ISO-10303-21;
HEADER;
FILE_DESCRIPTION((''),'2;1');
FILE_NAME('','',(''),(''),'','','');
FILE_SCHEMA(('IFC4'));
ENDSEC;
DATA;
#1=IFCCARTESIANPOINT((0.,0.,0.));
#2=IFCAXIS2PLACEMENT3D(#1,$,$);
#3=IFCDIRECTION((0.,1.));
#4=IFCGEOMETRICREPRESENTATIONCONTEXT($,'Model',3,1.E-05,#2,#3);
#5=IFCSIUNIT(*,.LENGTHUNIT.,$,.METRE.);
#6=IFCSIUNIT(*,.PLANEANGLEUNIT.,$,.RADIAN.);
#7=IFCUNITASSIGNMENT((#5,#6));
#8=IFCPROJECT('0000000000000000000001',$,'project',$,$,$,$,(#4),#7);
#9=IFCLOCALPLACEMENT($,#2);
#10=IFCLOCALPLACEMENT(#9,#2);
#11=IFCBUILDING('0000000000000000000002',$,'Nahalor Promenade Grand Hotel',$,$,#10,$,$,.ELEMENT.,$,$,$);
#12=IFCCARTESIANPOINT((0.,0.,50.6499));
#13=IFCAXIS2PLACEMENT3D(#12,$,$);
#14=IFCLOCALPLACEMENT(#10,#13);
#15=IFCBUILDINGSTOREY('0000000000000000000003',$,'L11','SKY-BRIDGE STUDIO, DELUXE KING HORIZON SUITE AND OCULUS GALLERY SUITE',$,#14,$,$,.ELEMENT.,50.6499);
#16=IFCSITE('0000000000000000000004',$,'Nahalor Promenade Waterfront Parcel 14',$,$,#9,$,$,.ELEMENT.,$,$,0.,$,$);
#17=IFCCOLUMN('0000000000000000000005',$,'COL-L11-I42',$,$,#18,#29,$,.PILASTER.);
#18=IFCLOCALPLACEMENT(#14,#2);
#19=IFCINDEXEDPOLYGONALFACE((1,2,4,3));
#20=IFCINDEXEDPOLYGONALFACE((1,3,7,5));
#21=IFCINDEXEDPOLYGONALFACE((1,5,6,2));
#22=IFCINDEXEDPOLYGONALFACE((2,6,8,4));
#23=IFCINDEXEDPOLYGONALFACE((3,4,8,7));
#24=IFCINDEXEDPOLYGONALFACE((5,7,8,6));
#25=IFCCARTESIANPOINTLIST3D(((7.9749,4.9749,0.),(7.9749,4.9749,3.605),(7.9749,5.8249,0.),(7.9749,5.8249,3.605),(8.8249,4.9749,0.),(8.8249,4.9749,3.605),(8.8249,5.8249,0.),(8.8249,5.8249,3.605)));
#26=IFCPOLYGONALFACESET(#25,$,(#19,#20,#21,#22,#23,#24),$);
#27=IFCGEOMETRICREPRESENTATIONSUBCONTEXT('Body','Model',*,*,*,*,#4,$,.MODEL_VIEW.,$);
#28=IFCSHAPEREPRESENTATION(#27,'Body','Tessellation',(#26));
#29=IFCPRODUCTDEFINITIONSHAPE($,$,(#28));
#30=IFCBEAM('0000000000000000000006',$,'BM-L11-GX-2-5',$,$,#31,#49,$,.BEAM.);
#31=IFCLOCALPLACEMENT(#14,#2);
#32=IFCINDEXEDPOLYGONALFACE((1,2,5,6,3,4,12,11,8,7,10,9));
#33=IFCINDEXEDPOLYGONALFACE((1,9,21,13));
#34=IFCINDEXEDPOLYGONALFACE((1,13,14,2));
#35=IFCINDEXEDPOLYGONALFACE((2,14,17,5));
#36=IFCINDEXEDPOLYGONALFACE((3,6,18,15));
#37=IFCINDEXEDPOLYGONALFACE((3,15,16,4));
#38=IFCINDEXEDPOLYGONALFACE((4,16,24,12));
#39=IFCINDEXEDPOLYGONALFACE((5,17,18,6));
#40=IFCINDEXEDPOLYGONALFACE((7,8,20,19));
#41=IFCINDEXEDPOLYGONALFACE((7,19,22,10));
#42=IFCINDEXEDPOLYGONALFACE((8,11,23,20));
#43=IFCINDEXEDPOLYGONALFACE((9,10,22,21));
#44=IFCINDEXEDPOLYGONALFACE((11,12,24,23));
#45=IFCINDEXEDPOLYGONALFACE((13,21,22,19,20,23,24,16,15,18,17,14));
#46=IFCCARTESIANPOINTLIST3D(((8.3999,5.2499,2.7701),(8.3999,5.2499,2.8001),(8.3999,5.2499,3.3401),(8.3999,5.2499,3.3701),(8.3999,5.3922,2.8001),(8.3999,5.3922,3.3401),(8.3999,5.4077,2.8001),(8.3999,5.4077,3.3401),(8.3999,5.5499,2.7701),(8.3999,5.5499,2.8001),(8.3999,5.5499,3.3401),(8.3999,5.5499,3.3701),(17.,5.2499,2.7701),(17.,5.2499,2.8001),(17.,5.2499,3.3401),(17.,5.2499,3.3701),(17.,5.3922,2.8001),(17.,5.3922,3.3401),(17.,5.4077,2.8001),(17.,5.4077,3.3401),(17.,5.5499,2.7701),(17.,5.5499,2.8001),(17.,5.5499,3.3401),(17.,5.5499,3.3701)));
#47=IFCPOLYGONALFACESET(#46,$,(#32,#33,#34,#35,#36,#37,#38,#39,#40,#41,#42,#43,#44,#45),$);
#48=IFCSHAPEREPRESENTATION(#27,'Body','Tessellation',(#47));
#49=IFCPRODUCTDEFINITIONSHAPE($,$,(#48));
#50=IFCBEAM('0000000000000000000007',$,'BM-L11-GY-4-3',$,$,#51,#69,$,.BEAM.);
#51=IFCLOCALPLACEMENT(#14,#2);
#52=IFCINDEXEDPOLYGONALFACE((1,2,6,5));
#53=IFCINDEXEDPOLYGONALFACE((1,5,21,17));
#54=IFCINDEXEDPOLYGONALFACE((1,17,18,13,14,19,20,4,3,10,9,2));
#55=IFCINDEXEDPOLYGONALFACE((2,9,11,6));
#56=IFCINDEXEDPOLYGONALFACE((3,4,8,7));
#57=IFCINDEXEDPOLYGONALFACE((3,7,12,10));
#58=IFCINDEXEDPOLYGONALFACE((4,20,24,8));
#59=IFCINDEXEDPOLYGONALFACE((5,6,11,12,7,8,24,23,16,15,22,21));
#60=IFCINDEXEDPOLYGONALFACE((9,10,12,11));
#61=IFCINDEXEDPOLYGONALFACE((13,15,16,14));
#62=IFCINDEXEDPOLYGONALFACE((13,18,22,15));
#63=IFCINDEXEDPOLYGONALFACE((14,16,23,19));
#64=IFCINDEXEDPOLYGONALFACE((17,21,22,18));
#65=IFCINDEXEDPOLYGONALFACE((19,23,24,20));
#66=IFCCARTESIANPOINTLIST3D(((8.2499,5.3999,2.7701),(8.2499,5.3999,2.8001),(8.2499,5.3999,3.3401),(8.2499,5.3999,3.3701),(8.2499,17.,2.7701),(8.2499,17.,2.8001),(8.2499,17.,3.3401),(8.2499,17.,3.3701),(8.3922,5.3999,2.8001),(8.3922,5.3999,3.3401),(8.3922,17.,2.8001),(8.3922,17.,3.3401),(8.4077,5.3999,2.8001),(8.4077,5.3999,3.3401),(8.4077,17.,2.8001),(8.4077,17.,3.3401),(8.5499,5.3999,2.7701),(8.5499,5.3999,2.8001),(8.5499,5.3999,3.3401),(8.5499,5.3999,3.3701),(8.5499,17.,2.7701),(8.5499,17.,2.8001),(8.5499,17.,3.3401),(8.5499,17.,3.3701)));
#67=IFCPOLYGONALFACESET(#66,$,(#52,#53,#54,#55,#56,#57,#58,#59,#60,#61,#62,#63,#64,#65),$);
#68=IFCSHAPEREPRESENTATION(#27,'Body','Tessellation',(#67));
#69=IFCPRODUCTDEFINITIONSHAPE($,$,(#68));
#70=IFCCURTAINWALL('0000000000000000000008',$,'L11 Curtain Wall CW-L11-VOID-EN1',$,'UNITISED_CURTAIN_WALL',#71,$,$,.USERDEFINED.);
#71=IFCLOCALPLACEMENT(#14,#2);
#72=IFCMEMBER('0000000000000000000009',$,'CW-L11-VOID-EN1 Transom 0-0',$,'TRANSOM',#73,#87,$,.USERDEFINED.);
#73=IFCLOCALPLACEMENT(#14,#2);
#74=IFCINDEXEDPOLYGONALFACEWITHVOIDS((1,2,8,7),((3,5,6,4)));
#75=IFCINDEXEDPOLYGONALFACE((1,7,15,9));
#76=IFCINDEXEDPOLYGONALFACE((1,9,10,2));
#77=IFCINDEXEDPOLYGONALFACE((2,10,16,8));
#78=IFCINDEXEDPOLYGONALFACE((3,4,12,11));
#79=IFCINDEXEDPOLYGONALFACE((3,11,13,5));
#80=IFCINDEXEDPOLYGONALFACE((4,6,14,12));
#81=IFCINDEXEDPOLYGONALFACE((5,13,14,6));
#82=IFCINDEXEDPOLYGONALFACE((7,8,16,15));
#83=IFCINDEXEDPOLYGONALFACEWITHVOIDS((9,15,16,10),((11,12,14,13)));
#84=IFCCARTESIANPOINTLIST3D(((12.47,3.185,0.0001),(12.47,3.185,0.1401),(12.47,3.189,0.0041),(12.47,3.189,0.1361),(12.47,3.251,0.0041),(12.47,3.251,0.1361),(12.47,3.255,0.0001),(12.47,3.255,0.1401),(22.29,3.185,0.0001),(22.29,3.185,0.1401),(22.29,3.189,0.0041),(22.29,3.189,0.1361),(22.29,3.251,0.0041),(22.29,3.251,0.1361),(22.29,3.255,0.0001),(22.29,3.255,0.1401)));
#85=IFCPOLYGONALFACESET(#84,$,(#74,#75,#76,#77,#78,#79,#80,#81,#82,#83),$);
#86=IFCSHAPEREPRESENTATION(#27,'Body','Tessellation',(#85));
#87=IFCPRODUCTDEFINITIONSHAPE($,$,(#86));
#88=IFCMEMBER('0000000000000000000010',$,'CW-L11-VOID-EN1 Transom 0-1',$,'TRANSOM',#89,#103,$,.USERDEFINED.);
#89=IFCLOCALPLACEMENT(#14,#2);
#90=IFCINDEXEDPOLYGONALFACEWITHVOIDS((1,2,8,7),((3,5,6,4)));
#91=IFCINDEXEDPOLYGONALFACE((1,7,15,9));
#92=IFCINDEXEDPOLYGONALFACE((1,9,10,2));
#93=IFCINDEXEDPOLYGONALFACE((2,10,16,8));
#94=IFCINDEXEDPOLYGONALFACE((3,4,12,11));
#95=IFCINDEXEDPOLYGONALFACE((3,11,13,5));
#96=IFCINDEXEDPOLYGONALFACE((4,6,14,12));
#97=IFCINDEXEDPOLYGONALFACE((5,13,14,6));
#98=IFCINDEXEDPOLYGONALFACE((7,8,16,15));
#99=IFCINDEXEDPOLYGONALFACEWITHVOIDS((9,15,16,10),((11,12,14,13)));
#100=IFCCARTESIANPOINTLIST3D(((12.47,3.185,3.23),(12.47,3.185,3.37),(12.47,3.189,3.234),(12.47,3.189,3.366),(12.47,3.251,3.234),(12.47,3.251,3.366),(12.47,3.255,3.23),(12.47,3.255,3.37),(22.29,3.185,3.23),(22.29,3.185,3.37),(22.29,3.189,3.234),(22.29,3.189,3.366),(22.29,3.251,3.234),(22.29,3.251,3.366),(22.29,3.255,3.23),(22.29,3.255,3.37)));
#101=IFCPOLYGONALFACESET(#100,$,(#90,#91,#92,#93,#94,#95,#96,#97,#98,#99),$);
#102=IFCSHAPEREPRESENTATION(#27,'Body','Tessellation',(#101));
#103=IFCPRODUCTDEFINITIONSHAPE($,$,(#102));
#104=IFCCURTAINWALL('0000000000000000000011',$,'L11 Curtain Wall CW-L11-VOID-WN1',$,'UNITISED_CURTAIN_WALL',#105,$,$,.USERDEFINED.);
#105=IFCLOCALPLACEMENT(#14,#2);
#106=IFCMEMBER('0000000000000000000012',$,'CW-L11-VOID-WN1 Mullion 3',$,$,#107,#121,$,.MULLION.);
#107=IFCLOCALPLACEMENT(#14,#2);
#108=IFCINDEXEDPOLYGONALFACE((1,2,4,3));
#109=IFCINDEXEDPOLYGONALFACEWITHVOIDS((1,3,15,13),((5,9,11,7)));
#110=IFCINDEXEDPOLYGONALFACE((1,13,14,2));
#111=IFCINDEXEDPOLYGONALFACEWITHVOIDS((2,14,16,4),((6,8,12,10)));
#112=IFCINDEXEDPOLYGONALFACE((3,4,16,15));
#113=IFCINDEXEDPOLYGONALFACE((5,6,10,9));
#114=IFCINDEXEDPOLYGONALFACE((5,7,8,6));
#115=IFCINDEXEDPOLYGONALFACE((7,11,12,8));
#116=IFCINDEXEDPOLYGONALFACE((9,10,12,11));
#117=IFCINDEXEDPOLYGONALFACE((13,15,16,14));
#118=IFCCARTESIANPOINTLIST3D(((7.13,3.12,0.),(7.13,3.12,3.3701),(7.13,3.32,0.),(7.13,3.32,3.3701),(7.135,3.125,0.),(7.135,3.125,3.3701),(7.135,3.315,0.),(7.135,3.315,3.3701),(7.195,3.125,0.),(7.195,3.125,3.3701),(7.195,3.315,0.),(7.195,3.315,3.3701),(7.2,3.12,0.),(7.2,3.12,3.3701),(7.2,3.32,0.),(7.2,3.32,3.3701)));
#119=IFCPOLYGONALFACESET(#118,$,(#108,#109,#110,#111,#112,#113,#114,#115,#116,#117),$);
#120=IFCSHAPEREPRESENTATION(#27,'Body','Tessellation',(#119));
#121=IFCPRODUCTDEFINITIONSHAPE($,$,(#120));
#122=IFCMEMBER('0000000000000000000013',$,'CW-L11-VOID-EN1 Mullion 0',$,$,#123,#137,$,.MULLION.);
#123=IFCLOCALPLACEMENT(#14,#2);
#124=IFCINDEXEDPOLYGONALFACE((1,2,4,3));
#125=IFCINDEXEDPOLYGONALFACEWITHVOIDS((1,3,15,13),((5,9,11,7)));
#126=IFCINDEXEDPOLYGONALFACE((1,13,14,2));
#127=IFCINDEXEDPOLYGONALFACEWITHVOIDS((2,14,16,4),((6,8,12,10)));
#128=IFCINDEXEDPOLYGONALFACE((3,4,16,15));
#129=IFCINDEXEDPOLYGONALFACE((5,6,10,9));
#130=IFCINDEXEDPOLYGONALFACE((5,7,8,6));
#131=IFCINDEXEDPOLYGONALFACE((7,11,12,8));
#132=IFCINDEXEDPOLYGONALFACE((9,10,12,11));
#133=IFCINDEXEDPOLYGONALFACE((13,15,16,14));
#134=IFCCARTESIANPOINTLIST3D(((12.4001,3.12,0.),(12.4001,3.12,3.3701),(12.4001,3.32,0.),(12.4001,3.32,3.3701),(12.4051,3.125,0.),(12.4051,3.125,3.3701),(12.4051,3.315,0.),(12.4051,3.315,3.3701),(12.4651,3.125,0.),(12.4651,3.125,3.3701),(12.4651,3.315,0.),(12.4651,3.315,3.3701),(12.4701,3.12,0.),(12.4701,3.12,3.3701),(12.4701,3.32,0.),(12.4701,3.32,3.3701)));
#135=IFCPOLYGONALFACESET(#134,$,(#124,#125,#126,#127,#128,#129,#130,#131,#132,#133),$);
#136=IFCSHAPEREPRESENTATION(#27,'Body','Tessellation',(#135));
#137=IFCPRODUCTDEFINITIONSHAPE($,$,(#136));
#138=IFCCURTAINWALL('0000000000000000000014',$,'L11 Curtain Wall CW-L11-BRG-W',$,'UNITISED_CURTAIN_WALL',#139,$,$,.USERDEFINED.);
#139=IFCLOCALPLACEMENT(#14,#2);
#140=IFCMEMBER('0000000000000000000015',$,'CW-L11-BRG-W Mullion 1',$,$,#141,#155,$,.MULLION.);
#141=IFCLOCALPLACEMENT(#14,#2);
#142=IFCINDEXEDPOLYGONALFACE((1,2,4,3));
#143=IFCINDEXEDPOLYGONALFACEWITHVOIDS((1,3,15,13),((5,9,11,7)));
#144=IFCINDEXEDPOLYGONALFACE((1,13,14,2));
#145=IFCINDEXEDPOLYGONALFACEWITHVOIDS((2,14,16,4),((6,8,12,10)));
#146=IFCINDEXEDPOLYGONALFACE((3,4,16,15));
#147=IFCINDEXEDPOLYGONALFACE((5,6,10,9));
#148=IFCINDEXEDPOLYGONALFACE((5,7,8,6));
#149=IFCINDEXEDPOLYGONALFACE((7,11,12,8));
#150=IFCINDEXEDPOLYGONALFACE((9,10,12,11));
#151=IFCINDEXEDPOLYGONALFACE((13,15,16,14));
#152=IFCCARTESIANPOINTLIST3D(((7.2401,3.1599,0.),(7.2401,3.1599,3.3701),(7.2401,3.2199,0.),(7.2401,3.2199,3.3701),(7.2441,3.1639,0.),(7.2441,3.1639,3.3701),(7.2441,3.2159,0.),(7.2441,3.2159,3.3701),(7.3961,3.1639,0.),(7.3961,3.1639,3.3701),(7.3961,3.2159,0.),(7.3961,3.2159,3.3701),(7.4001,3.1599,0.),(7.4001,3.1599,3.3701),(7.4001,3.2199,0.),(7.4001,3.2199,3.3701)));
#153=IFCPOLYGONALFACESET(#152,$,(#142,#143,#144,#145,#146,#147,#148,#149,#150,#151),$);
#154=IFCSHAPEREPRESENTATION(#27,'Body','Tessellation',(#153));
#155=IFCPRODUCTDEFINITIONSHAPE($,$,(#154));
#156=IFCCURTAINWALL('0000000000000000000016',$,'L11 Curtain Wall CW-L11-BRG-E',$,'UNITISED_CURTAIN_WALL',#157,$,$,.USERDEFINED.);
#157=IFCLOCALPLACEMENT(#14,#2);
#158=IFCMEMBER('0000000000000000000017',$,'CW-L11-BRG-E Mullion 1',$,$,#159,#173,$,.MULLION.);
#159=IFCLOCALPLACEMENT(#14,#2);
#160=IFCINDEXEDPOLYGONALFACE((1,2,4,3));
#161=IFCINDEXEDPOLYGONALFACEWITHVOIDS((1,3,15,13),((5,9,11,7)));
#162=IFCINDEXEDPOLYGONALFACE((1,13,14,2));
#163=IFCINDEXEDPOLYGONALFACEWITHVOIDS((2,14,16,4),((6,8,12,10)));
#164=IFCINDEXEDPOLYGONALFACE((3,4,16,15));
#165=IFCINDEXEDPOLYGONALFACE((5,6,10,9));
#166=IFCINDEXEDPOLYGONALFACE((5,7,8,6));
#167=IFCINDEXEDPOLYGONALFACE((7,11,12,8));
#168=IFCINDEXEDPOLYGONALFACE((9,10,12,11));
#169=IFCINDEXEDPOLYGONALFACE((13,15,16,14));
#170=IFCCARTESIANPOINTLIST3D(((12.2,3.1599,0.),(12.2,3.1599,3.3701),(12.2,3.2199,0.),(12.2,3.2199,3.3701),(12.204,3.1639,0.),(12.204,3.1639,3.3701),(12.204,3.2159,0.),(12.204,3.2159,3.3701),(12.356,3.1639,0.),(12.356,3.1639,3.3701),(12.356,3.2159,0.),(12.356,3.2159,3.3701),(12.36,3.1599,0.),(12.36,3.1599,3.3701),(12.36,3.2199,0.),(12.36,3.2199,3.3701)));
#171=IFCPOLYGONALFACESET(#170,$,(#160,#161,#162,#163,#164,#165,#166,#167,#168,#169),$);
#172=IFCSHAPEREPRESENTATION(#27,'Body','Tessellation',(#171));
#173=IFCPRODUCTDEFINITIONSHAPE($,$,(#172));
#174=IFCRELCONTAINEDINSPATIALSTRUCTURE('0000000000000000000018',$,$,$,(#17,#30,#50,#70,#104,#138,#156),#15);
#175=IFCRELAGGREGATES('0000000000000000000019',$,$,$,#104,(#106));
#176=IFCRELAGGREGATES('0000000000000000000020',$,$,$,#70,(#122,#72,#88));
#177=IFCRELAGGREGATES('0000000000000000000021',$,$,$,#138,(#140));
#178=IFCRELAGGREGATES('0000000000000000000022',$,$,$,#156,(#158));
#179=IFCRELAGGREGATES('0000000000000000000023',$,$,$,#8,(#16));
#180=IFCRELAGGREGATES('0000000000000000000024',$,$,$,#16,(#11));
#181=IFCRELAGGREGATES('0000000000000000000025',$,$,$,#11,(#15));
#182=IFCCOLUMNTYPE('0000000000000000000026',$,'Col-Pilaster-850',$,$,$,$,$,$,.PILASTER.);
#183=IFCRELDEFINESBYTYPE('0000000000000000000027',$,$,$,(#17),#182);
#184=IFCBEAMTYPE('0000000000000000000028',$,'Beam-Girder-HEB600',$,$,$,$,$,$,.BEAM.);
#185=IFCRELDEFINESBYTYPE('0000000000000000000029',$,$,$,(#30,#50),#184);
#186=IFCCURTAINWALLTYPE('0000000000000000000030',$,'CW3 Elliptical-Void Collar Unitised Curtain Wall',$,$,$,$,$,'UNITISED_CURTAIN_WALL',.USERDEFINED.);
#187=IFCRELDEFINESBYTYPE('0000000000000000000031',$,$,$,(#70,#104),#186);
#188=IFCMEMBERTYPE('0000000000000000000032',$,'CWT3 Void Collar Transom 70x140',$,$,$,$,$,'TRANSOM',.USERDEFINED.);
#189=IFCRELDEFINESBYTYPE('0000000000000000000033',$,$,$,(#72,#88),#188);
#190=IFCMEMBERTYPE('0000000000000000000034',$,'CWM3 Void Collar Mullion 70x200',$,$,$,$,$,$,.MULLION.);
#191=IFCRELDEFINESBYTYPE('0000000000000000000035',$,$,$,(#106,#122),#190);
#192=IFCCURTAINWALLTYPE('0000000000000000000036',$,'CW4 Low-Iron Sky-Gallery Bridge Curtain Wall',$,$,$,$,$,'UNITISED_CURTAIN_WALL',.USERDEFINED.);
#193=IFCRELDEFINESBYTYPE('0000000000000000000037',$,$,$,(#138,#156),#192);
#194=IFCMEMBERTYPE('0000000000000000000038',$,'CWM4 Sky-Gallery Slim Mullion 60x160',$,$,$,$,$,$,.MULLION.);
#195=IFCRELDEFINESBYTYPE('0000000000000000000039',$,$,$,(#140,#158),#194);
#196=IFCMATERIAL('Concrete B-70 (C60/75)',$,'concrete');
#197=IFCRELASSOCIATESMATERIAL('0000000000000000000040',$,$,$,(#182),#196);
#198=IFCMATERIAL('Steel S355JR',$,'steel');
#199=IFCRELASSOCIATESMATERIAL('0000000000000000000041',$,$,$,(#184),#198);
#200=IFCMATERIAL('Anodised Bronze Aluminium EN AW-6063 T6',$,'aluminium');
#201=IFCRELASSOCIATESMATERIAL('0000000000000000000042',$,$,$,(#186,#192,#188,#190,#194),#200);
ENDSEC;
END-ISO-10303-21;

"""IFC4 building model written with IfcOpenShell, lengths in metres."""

from ifc_helpers import new_model, si_unit, direction, frame, origin, origin_2d, place, context, subcontext, project, spatial, rectangle, hollow_rectangle, i_section, extrude, source, transform, mapped, material, material_profile, profile_set, type_object, element, aggregate, save


model = new_model("IFC4")

# Units and contexts
model_context = context("Model", 3, precision=1e-05, world=origin(), true_north=direction((0.0, 1.0)))
body_context = subcontext(model_context, "Body", "Model", "MODEL_VIEW")
ifc_project = project(units=[si_unit("LENGTHUNIT", "METRE"), si_unit("PLANEANGLEUNIT", "RADIAN")], contexts=[model_context])

# Site, building, storey
site_placement = place(None, origin())
site = spatial("IfcSite", under=ifc_project, at=site_placement, Name="Nahalor Promenade Waterfront Parcel 14", CompositionType="ELEMENT", RefElevation=0.0)
building_placement = place(site_placement, origin())
building = spatial("IfcBuilding", under=site, at=building_placement, Name="Nahalor Promenade Grand Hotel", CompositionType="ELEMENT")
storey_placement = place(building_placement, frame((0.0, 0.0, 50.6499)))
storey = spatial("IfcBuildingStorey", under=building, at=storey_placement, Name="L11", Description="SKY-BRIDGE STUDIO, DELUXE KING HORIZON SUITE AND OCULUS GALLERY SUITE", CompositionType="ELEMENT", Elevation=50.6499)

# Column
ifc_material_1 = material(Name="Concrete B-70 (C60/75)", Category="concrete")
ifc_material_profile_1 = material_profile(ifc_material_1, rectangle(XDim=0.85, YDim=0.85, at=origin_2d()), Name="RC 850x850")
ifc_profile_set_1 = profile_set([ifc_material_profile_1], Name="Concrete B-70 (C60/75)")
column_type = type_object("IfcColumnType", Name="Col-Pilaster-850", PredefinedType="PILASTER", material=ifc_profile_set_1)
shared_shape_1 = source(origin(), body_context, "Body", "SweptSolid", [
    extrude(rectangle(XDim=0.85, YDim=0.85, at=origin_2d()), origin(), (0.0, 0.0, 1.0), 3.605),
])
column_placement = place(storey_placement, frame((8.3999, 5.3999, 0.0), z_axis=(0.0, 0.0, 1.0), x_axis=(1.0, 0.0, 0.0)))
element("IfcColumn", 1, at=column_placement, inside=storey, type_object=column_type, Name="COL-L11-I42", PredefinedType="PILASTER", context=body_context, shape_type="MappedRepresentation", body=[
    mapped(shared_shape_1, transform((0.0, 0.0, 0.0), scale=1.0)),
])

# Beams
ifc_material_2 = material(Name="Steel S355JR", Category="steel")
ifc_material_profile_2 = material_profile(ifc_material_2, i_section(OverallWidth=0.3, OverallDepth=0.6, WebThickness=0.0155, FlangeThickness=0.03, at=origin_2d()), Name="HEB 600")
ifc_profile_set_2 = profile_set([ifc_material_profile_2], Name="Steel S355JR")
beam_type = type_object("IfcBeamType", Name="Beam-Girder-HEB600", PredefinedType="BEAM", material=ifc_profile_set_2)
shared_shape_2 = source(origin(), body_context, "Body", "SweptSolid", [
    extrude(i_section(OverallWidth=0.3, OverallDepth=0.6, WebThickness=0.0155, FlangeThickness=0.03, at=origin_2d()), origin(), (0.0, 0.0, 1.0), 8.6001),
])
beam_1_placement = place(storey_placement, frame((8.3999, 5.3999, 3.0701), z_axis=(1.0, 0.0, 0.0), x_axis=(0.0, 1.0, 0.0)))
element("IfcBeam", 2, at=beam_1_placement, inside=storey, type_object=beam_type, Name="BM-L11-GX-2-5", PredefinedType="BEAM", context=body_context, shape_type="MappedRepresentation", body=[
    mapped(shared_shape_2, transform((0.0, 0.0, 0.0), scale=1.0)),
])
shared_shape_3 = source(origin(), body_context, "Body", "SweptSolid", [
    extrude(i_section(OverallWidth=0.3, OverallDepth=0.6, WebThickness=0.0155, FlangeThickness=0.03, at=origin_2d()), origin(), (0.0, 0.0, 1.0), 11.6001),
])
beam_2_placement = place(storey_placement, frame((8.3999, 5.3999, 3.0701), z_axis=(0.0, 1.0, 0.0), x_axis=(-1.0, 0.0, 0.0)))
element("IfcBeam", 3, at=beam_2_placement, inside=storey, type_object=beam_type, Name="BM-L11-GY-4-3", PredefinedType="BEAM", context=body_context, shape_type="MappedRepresentation", body=[
    mapped(shared_shape_3, transform((0.0, 0.0, 0.0), scale=1.0)),
])

# Curtain wall, members
ifc_material_3 = material(Name="Anodised Bronze Aluminium EN AW-6063 T6", Category="aluminium")
curtain_wall_type_1 = type_object("IfcCurtainWallType", Name="CW3 Elliptical-Void Collar Unitised Curtain Wall", ElementType="UNITISED_CURTAIN_WALL", PredefinedType="USERDEFINED", material=ifc_material_3)
curtain_wall_1_placement = place(storey_placement, origin())
curtain_wall_1 = element("IfcCurtainWall", 4, at=curtain_wall_1_placement, inside=storey, type_object=curtain_wall_type_1, Name="L11 Curtain Wall CW-L11-VOID-EN1", ObjectType="UNITISED_CURTAIN_WALL", PredefinedType="USERDEFINED")
ifc_material_profile_3 = material_profile(ifc_material_3, hollow_rectangle(XDim=0.07, YDim=0.14, WallThickness=0.004, at=origin_2d()), Name="CWT 70x140x4")
ifc_profile_set_3 = profile_set([ifc_material_profile_3], Name="Anodised Bronze Aluminium EN AW-6063 T6")
member_type_1 = type_object("IfcMemberType", Name="CWT3 Void Collar Transom 70x140", ElementType="TRANSOM", PredefinedType="USERDEFINED", material=ifc_profile_set_3)
shared_shape_4 = source(origin(), body_context, "Body", "SweptSolid", [
    extrude(hollow_rectangle(XDim=0.07, YDim=0.14, WallThickness=0.004, at=origin_2d()), origin(), (0.0, 0.0, 1.0), 9.8201),
])
member_1_placement = place(storey_placement, frame((12.47, 3.22, 0.0701), z_axis=(1.0, 0.0, 0.0), x_axis=(0.0, 1.0, 0.0)))
member_1 = element("IfcMember", 5, at=member_1_placement, type_object=member_type_1, Name="CW-L11-VOID-EN1 Transom 0-0", ObjectType="TRANSOM", PredefinedType="USERDEFINED", context=body_context, shape_type="MappedRepresentation", body=[
    mapped(shared_shape_4, transform((0.0, 0.0, 0.0), scale=1.0)),
])
member_2_placement = place(storey_placement, frame((12.47, 3.22, 3.3), z_axis=(1.0, 0.0, 0.0), x_axis=(0.0, 1.0, 0.0)))
member_2 = element("IfcMember", 6, at=member_2_placement, type_object=member_type_1, Name="CW-L11-VOID-EN1 Transom 0-1", ObjectType="TRANSOM", PredefinedType="USERDEFINED", context=body_context, shape_type="MappedRepresentation", body=[
    mapped(shared_shape_4, transform((0.0, 0.0, 0.0), scale=1.0)),
])

# Curtain wall, member
curtain_wall_2_placement = place(storey_placement, origin())
curtain_wall_2 = element("IfcCurtainWall", 7, at=curtain_wall_2_placement, inside=storey, type_object=curtain_wall_type_1, Name="L11 Curtain Wall CW-L11-VOID-WN1", ObjectType="UNITISED_CURTAIN_WALL", PredefinedType="USERDEFINED")
ifc_material_profile_4 = material_profile(ifc_material_3, hollow_rectangle(XDim=0.07, YDim=0.2, WallThickness=0.005, at=origin_2d()), Name="CWM 70x200x5")
ifc_profile_set_4 = profile_set([ifc_material_profile_4], Name="Anodised Bronze Aluminium EN AW-6063 T6")
member_type_2 = type_object("IfcMemberType", Name="CWM3 Void Collar Mullion 70x200", PredefinedType="MULLION", material=ifc_profile_set_4)
shared_shape_5 = source(origin(), body_context, "Body", "SweptSolid", [
    extrude(hollow_rectangle(XDim=0.07, YDim=0.2, WallThickness=0.005, at=origin_2d()), origin(), (0.0, 0.0, 1.0), 3.3701),
])
member_3_placement = place(storey_placement, frame((7.165, 3.22, 0.0), z_axis=(0.0, 0.0, 1.0), x_axis=(1.0, 0.0, 0.0)))
member_3 = element("IfcMember", 8, at=member_3_placement, type_object=member_type_2, Name="CW-L11-VOID-WN1 Mullion 3", PredefinedType="MULLION", context=body_context, shape_type="MappedRepresentation", body=[
    mapped(shared_shape_5, transform((0.0, 0.0, 0.0), scale=1.0)),
])
aggregate(curtain_wall_2, [member_3])

# Member
member_4_placement = place(storey_placement, frame((12.4351, 3.22, 0.0), z_axis=(0.0, 0.0, 1.0), x_axis=(1.0, 0.0, 0.0)))
member_4 = element("IfcMember", 9, at=member_4_placement, type_object=member_type_2, Name="CW-L11-VOID-EN1 Mullion 0", PredefinedType="MULLION", context=body_context, shape_type="MappedRepresentation", body=[
    mapped(shared_shape_5, transform((0.0, 0.0, 0.0), scale=1.0)),
])
aggregate(curtain_wall_1, [member_4, member_1, member_2])

# Curtain walls, members
curtain_wall_type_2 = type_object("IfcCurtainWallType", Name="CW4 Low-Iron Sky-Gallery Bridge Curtain Wall", ElementType="UNITISED_CURTAIN_WALL", PredefinedType="USERDEFINED", material=ifc_material_3)
curtain_wall_3_placement = place(storey_placement, origin())
curtain_wall_3 = element("IfcCurtainWall", 10, at=curtain_wall_3_placement, inside=storey, type_object=curtain_wall_type_2, Name="L11 Curtain Wall CW-L11-BRG-W", ObjectType="UNITISED_CURTAIN_WALL", PredefinedType="USERDEFINED")
ifc_material_profile_5 = material_profile(ifc_material_3, hollow_rectangle(XDim=0.06, YDim=0.16, WallThickness=0.004, at=origin_2d()), Name="CWM 60x160x4")
ifc_profile_set_5 = profile_set([ifc_material_profile_5], Name="Anodised Bronze Aluminium EN AW-6063 T6")
member_type_3 = type_object("IfcMemberType", Name="CWM4 Sky-Gallery Slim Mullion 60x160", PredefinedType="MULLION", material=ifc_profile_set_5)
shared_shape_6 = source(origin(), body_context, "Body", "SweptSolid", [
    extrude(hollow_rectangle(XDim=0.06, YDim=0.16, WallThickness=0.004, at=origin_2d()), origin(), (0.0, 0.0, 1.0), 3.3701),
])
member_5_placement = place(storey_placement, frame((7.3201, 3.1899, 0.0), z_axis=(0.0, 0.0, 1.0), x_axis=(0.0, 1.0, 0.0)))
member_5 = element("IfcMember", 11, at=member_5_placement, type_object=member_type_3, Name="CW-L11-BRG-W Mullion 1", PredefinedType="MULLION", context=body_context, shape_type="MappedRepresentation", body=[
    mapped(shared_shape_6, transform((0.0, 0.0, 0.0), scale=1.0)),
])
curtain_wall_4_placement = place(storey_placement, origin())
curtain_wall_4 = element("IfcCurtainWall", 12, at=curtain_wall_4_placement, inside=storey, type_object=curtain_wall_type_2, Name="L11 Curtain Wall CW-L11-BRG-E", ObjectType="UNITISED_CURTAIN_WALL", PredefinedType="USERDEFINED")
member_6_placement = place(storey_placement, frame((12.28, 3.1899, 0.0), z_axis=(0.0, 0.0, 1.0), x_axis=(0.0, 1.0, 0.0)))
member_6 = element("IfcMember", 13, at=member_6_placement, type_object=member_type_3, Name="CW-L11-BRG-E Mullion 1", PredefinedType="MULLION", context=body_context, shape_type="MappedRepresentation", body=[
    mapped(shared_shape_6, transform((0.0, 0.0, 0.0), scale=1.0)),
])

aggregate(curtain_wall_3, [member_5])
aggregate(curtain_wall_4, [member_6])

save(model, "model.ifc")
